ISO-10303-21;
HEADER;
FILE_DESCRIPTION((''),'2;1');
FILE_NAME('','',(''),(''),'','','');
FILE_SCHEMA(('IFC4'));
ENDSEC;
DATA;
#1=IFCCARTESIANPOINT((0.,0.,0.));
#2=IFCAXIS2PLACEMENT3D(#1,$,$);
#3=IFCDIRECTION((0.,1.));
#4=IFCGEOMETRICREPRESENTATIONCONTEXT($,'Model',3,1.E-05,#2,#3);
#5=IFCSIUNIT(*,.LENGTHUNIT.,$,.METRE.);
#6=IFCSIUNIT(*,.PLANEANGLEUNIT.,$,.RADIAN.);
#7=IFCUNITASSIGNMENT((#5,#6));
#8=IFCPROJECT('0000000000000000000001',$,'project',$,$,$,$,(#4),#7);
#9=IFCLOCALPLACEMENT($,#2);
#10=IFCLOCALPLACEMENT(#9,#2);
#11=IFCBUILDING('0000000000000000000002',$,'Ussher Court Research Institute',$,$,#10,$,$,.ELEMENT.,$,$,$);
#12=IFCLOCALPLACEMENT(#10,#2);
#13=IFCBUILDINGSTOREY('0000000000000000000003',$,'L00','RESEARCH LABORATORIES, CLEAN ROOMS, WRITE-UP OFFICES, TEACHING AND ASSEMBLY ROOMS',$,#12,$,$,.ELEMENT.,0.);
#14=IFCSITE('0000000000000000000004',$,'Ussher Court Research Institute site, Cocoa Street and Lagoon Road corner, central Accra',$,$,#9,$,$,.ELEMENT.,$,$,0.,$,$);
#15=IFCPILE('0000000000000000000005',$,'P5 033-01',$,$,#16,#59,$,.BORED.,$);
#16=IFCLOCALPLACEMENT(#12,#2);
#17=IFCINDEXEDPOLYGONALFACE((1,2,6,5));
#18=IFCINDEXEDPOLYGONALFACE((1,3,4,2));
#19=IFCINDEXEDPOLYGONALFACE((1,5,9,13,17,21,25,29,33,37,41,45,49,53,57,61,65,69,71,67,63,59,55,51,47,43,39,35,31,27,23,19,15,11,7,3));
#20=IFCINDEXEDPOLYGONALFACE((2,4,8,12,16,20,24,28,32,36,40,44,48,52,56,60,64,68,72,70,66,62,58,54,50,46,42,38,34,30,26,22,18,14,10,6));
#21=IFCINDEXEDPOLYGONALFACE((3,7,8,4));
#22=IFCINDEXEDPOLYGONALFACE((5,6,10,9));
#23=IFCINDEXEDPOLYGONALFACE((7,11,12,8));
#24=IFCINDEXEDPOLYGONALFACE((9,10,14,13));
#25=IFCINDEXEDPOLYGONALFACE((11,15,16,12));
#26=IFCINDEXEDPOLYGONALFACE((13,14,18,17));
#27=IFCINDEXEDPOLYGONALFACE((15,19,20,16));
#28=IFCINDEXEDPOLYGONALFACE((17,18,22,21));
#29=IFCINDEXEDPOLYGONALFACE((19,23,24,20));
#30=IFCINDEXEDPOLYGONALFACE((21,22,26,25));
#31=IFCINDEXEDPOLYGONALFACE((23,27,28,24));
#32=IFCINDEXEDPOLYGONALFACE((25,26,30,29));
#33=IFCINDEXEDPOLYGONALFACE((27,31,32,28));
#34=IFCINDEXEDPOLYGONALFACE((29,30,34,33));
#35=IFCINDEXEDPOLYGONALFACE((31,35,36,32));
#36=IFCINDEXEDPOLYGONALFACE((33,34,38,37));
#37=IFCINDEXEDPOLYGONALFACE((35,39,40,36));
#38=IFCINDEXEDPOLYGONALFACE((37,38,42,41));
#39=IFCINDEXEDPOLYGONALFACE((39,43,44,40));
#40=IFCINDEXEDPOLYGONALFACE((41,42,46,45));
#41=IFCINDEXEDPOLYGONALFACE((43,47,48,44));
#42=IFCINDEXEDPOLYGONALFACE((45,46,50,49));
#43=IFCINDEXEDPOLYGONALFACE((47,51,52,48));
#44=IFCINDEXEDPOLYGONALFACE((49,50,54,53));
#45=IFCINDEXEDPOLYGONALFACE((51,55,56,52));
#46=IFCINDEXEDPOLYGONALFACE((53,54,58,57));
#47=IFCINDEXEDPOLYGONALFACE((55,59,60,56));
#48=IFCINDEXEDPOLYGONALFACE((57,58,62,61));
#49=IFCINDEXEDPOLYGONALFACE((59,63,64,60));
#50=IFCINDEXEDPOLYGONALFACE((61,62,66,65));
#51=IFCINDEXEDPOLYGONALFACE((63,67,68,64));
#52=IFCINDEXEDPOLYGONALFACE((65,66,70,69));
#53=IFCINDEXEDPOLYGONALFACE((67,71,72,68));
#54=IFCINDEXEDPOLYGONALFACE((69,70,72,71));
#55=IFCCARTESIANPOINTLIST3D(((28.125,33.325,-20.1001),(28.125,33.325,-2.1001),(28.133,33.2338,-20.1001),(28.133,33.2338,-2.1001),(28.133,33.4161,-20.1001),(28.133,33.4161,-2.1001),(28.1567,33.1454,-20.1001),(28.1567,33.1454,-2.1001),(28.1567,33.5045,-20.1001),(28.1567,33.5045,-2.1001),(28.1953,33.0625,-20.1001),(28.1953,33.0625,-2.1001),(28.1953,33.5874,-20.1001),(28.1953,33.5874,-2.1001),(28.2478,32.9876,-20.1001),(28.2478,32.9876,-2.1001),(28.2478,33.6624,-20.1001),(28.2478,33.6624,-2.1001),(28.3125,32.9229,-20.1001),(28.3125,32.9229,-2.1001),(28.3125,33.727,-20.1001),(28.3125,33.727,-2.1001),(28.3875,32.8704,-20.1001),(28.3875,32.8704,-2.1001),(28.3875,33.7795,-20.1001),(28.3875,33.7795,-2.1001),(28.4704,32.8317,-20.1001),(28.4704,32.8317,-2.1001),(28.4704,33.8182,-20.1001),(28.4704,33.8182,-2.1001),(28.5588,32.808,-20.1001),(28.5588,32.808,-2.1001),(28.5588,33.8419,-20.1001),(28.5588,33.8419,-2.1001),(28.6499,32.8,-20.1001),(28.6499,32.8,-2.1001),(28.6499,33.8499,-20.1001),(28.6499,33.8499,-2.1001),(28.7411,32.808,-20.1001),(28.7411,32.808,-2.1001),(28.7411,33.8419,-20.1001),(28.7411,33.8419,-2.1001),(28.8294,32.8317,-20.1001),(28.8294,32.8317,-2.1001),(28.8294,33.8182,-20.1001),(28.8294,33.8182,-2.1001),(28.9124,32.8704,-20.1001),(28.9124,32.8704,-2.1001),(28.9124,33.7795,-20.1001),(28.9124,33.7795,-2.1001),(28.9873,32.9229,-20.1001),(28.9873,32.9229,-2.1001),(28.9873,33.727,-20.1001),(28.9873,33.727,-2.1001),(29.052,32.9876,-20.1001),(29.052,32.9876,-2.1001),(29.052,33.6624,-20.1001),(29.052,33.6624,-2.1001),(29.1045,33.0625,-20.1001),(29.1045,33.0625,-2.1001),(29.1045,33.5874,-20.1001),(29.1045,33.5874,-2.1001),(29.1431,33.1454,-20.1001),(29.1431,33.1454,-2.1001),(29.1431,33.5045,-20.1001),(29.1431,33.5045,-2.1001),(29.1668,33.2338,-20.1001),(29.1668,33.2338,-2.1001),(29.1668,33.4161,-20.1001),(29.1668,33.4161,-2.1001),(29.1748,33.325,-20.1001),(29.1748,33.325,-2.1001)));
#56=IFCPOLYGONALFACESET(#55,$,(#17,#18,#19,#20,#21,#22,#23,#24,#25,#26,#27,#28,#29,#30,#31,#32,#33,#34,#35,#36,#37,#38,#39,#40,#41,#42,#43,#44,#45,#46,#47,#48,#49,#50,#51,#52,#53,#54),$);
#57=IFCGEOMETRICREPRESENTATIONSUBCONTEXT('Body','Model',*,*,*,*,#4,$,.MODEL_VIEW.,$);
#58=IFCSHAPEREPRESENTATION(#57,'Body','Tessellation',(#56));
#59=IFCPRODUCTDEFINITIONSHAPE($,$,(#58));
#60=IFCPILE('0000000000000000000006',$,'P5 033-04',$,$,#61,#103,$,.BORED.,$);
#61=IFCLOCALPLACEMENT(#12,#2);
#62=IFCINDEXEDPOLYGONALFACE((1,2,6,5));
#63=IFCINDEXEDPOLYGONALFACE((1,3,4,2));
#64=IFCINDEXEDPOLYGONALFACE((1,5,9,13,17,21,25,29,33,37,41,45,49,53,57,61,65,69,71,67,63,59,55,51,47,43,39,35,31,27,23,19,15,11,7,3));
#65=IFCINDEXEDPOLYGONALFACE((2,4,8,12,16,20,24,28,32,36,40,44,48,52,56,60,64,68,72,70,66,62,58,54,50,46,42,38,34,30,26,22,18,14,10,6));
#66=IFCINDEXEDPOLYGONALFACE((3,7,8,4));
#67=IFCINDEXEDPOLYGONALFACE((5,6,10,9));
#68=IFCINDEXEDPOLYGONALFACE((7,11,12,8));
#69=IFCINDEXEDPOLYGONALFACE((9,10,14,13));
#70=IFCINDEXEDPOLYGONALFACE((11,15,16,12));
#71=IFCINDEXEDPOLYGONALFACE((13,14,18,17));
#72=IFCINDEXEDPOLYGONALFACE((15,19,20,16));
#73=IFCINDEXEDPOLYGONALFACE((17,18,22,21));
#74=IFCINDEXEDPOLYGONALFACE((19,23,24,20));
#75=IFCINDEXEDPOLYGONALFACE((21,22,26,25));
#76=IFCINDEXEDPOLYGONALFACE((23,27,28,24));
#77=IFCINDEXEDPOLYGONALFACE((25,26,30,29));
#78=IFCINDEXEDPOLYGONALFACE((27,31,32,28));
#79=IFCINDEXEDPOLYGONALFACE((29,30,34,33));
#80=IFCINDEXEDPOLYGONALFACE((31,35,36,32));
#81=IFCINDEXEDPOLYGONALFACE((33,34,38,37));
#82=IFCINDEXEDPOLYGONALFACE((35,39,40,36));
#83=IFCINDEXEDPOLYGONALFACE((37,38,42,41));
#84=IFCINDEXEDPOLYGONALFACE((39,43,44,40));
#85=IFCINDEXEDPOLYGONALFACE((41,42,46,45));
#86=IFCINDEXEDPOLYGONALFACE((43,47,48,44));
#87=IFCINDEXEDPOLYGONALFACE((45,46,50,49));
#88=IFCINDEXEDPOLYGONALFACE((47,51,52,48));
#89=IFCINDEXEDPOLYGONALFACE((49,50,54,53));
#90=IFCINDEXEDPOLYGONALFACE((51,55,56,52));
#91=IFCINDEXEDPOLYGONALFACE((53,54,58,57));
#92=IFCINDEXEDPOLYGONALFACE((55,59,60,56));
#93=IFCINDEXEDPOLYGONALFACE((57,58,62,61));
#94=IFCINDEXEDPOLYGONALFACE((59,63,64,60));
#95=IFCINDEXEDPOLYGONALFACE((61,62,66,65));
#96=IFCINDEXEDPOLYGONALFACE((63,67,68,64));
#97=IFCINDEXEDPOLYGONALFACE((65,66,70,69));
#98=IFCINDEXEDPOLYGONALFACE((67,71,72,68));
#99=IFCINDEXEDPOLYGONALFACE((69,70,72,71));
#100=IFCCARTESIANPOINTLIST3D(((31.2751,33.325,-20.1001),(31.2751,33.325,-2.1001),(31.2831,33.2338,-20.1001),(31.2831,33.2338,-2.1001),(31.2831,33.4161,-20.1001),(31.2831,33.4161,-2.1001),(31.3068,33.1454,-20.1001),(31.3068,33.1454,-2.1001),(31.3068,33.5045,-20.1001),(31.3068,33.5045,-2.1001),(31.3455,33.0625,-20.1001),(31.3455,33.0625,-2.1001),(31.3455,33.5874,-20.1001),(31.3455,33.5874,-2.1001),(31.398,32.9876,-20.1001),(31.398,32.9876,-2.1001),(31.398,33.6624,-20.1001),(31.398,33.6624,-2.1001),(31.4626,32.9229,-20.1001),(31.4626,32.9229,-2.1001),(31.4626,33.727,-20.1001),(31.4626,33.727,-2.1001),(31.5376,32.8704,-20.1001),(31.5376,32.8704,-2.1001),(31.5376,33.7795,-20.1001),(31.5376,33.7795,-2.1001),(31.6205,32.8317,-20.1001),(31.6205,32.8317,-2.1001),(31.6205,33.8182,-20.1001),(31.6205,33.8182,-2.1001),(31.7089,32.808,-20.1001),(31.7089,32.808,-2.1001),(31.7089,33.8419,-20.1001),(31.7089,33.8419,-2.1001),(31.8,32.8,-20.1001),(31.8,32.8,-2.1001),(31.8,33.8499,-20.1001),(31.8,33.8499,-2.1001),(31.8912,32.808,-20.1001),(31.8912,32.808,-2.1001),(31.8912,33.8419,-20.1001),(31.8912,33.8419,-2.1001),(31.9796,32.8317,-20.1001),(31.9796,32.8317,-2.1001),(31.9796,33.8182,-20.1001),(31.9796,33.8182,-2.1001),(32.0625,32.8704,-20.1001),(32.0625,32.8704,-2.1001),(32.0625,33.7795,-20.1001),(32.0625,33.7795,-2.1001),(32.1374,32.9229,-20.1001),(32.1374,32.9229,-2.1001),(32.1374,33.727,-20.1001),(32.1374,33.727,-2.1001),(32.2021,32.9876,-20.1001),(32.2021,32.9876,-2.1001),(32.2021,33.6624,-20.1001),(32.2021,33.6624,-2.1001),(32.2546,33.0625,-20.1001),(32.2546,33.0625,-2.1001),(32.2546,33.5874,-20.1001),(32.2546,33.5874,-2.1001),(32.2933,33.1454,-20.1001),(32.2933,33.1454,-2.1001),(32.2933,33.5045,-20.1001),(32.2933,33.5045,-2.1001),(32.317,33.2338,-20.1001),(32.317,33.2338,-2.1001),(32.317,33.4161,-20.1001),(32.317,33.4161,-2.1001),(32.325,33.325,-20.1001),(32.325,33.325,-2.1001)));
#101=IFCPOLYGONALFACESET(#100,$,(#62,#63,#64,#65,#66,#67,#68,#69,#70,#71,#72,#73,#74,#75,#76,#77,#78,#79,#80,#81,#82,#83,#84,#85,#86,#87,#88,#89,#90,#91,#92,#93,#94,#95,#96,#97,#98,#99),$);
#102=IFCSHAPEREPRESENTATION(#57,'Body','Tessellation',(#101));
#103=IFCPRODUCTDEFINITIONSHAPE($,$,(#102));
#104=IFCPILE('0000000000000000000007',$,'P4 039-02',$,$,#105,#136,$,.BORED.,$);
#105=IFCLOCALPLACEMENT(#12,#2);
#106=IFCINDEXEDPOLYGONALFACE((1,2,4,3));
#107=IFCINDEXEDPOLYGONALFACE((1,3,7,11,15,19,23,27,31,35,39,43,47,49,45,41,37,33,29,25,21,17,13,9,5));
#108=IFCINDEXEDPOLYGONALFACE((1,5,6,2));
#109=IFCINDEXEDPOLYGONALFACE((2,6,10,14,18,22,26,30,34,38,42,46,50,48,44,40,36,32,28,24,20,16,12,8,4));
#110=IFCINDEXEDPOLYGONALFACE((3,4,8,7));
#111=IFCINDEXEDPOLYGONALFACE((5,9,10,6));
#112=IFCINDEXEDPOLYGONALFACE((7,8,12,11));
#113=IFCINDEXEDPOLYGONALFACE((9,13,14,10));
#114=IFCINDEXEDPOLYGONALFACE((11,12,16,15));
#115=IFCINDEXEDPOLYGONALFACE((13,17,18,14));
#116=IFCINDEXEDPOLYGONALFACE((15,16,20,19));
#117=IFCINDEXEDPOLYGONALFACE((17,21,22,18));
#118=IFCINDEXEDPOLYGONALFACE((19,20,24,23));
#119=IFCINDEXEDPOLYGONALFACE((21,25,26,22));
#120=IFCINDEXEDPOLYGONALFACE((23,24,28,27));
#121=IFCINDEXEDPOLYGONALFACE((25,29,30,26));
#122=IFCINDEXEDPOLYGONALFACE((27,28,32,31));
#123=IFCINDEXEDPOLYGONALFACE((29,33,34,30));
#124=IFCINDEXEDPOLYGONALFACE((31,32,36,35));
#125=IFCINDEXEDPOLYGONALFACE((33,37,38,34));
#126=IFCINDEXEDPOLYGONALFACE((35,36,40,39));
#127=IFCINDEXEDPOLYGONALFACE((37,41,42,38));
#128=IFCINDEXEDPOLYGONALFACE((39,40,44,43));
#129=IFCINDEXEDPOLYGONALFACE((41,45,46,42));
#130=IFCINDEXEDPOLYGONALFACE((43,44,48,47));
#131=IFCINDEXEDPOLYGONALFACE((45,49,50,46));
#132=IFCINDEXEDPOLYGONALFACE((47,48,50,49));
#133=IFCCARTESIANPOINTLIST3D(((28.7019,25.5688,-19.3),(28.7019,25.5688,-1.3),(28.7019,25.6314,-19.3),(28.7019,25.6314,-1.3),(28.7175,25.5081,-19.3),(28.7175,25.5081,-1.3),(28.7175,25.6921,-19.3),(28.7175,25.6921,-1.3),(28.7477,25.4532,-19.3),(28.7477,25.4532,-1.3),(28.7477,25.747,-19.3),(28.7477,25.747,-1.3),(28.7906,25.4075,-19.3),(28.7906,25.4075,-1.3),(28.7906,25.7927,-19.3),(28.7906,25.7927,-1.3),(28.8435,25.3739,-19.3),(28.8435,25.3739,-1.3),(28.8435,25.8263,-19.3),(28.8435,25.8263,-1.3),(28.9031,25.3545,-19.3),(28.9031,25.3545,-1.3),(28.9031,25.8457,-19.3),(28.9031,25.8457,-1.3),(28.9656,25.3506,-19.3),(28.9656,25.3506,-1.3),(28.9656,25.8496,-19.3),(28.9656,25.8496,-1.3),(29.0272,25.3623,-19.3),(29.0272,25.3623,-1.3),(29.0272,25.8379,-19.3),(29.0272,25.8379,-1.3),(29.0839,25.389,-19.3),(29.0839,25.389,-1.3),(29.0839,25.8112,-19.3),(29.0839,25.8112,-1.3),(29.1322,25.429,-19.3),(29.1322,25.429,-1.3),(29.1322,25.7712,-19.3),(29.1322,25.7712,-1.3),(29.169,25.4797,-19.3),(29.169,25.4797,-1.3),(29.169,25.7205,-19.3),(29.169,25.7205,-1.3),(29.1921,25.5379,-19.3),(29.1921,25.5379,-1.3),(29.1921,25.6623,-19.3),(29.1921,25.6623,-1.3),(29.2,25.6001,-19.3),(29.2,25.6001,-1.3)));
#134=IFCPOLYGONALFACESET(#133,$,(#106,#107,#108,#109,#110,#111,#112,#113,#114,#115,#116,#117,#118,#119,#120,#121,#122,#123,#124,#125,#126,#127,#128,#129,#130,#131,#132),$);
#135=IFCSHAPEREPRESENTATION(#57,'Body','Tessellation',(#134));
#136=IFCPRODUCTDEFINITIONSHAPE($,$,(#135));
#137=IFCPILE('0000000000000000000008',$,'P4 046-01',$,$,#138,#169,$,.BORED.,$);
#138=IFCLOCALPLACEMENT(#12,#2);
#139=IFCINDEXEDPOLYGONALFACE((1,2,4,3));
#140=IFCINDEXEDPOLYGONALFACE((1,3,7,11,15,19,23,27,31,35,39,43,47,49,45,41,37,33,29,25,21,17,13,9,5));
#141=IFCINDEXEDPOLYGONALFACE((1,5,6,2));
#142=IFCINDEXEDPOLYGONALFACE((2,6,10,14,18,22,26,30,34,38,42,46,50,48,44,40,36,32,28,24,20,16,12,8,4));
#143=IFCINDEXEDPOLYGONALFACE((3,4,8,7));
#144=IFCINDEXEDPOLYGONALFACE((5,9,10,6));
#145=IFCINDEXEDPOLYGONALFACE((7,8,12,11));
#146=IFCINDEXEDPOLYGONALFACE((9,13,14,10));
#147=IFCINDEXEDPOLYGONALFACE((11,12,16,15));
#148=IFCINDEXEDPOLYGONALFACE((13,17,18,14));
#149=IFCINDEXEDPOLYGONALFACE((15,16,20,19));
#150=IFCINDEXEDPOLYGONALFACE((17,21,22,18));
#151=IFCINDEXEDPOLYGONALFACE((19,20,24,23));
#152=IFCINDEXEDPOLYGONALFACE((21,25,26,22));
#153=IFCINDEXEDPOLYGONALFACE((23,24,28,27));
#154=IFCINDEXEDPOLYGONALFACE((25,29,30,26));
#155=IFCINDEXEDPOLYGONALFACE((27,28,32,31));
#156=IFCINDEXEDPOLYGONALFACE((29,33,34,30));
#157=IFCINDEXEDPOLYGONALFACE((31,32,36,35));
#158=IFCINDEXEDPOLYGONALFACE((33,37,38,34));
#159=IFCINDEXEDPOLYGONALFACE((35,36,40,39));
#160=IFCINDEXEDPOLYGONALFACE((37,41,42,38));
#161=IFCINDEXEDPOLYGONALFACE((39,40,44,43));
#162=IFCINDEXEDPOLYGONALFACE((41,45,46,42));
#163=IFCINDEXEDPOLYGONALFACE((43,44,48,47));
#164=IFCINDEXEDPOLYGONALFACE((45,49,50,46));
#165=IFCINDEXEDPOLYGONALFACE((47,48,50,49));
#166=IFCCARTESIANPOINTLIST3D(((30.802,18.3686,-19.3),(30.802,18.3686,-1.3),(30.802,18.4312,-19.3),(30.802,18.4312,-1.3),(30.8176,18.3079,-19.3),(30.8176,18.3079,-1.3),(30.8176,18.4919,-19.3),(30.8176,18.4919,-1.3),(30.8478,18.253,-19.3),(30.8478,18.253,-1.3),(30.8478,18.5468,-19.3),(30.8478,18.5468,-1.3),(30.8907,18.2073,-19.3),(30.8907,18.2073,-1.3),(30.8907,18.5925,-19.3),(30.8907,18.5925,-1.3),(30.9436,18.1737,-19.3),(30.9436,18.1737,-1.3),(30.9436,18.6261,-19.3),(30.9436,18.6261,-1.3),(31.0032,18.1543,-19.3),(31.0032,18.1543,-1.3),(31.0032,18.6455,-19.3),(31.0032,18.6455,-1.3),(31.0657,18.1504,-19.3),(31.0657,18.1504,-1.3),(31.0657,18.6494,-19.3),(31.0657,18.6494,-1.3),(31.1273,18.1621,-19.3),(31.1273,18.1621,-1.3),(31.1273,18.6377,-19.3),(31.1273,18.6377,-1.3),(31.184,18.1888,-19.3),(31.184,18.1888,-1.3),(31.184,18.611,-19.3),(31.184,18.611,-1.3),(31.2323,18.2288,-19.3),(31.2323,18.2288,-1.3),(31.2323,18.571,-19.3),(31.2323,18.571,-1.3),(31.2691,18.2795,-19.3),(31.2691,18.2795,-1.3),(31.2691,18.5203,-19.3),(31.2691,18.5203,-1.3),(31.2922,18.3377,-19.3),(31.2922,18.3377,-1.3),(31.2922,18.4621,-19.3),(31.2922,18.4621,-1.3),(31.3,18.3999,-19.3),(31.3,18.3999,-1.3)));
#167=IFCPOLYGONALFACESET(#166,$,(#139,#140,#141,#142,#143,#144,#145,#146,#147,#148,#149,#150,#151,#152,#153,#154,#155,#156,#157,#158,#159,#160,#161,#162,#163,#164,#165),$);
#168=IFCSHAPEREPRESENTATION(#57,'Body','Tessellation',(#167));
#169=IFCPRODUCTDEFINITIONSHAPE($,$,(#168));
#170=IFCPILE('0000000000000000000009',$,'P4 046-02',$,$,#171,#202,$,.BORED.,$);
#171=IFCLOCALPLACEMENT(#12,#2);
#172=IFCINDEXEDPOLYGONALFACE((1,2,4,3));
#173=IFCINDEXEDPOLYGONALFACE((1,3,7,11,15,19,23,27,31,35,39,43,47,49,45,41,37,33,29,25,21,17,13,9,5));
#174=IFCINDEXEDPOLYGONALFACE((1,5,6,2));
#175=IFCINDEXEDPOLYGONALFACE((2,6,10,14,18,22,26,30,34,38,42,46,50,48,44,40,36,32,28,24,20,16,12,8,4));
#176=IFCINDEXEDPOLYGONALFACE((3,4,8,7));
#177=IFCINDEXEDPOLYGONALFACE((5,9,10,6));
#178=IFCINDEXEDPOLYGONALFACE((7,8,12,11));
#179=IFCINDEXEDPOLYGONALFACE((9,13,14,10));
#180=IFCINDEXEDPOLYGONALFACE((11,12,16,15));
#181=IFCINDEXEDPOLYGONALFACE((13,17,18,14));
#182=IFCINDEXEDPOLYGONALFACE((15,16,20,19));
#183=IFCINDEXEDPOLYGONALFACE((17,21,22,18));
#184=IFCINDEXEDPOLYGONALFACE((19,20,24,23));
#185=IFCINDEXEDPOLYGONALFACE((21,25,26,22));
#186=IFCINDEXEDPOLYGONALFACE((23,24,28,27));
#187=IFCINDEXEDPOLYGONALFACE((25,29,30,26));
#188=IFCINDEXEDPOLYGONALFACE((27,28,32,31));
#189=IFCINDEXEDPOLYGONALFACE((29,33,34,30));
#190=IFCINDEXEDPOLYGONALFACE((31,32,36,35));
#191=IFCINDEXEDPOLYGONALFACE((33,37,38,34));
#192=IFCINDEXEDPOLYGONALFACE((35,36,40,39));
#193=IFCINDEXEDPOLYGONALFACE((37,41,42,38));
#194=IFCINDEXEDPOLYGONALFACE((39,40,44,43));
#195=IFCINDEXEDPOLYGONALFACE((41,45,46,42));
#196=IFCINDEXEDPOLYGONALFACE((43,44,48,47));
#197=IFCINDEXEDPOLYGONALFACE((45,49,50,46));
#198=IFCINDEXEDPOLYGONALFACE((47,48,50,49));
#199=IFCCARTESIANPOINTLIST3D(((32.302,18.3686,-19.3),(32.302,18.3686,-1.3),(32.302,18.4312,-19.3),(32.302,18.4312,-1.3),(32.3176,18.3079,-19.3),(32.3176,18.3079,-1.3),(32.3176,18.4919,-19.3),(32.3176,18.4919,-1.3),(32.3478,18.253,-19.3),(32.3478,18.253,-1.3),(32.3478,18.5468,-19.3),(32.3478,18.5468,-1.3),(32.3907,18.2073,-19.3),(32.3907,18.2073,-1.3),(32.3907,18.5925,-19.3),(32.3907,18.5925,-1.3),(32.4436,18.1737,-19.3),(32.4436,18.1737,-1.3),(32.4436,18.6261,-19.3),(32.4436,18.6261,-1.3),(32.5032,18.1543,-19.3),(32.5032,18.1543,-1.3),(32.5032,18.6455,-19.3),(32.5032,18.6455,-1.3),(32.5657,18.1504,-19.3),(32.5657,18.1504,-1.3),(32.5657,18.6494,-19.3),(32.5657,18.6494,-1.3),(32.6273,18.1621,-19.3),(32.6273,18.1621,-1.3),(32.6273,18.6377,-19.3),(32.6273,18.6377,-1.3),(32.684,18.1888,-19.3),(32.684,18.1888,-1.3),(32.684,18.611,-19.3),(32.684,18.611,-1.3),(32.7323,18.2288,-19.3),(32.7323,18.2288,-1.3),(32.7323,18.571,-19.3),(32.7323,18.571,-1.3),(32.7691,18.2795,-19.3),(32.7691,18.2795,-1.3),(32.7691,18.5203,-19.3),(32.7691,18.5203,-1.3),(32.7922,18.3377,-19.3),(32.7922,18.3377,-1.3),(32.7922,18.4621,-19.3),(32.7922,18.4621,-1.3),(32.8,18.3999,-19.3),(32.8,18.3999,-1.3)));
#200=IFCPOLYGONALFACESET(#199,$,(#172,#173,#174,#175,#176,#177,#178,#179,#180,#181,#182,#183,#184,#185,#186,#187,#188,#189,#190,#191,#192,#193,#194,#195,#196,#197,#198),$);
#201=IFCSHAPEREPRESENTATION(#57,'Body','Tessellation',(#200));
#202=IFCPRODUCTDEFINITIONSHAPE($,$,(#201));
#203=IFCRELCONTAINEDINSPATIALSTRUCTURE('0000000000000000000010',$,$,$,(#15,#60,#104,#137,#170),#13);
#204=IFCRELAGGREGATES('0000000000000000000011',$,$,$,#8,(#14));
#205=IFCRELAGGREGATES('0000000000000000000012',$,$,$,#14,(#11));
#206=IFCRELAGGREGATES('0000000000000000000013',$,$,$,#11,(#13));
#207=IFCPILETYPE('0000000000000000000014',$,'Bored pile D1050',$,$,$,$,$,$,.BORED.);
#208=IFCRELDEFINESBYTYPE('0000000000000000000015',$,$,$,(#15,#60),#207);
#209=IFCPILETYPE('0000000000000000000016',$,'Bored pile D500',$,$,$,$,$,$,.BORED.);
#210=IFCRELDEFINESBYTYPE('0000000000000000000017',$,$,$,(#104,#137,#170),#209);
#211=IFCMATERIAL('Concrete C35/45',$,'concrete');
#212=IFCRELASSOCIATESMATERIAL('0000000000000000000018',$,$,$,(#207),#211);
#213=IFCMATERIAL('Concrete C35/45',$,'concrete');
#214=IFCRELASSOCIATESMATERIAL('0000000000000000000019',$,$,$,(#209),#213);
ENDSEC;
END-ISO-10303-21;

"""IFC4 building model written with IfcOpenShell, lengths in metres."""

from ifc_helpers import new_model, si_unit, direction, frame, origin, origin_2d, place, context, subcontext, project, spatial, circle, extrude, material, material_profile, profile_set, type_object, element, save


model = new_model("IFC4")

# Units and contexts
model_context = context("Model", 3, precision=1e-05, world=origin(), true_north=direction((0.0, 1.0)))
body_context = subcontext(model_context, "Body", "Model", "MODEL_VIEW")
ifc_project = project(units=[si_unit("LENGTHUNIT", "METRE"), si_unit("PLANEANGLEUNIT", "RADIAN")], contexts=[model_context])

# Site, building, storey
site_placement = place(None, origin())
site = spatial("IfcSite", under=ifc_project, at=site_placement, Name="Ussher Court Research Institute site, Cocoa Street and Lagoon Road corner, central Accra", CompositionType="ELEMENT", RefElevation=0.0)
building_placement = place(site_placement, origin())
building = spatial("IfcBuilding", under=site, at=building_placement, Name="Ussher Court Research Institute", CompositionType="ELEMENT")
storey_placement = place(building_placement, origin())
storey = spatial("IfcBuildingStorey", under=building, at=storey_placement, Name="L00", Description="RESEARCH LABORATORIES, CLEAN ROOMS, WRITE-UP OFFICES, TEACHING AND ASSEMBLY ROOMS", CompositionType="ELEMENT", Elevation=0.0)

# Piles
ifc_material_1 = material(Name="Concrete C35/45", Category="concrete")
ifc_material_profile_1 = material_profile(ifc_material_1, circle(Radius=0.5249, at=origin_2d()), Name="RC D1050")
ifc_profile_set_1 = profile_set([ifc_material_profile_1], Name="Concrete C35/45")
pile_type_1 = type_object("IfcPileType", Name="Bored pile D1050", PredefinedType="BORED", material=ifc_profile_set_1)
for number, where, z_axis, x_axis, name in (
    (1, (28.6499, 33.325, -2.1001), (0.0, 0.0, -1.0), (1.0, 0.0, 0.0), "P5 033-01"),
    (2, (31.8, 33.325, -2.1001), (0.0, 0.0, -1.0), (1.0, 0.0, 0.0), "P5 033-04"),
):
    element("IfcPile", number, at=place(storey_placement, frame(where, z_axis=z_axis, x_axis=x_axis)), inside=storey, type_object=pile_type_1, Name=name, PredefinedType="BORED", context=body_context, shape_type="SweptSolid", body=[
        extrude(circle(Radius=0.5249, at=origin_2d()), origin(), (0.0, 0.0, 1.0), 18.0),
    ])
ifc_material_2 = material(Name="Concrete C35/45", Category="concrete")
ifc_material_profile_2 = material_profile(ifc_material_2, circle(Radius=0.25, at=origin_2d()), Name="RC D500")
ifc_profile_set_2 = profile_set([ifc_material_profile_2], Name="Concrete C35/45")
pile_type_2 = type_object("IfcPileType", Name="Bored pile D500", PredefinedType="BORED", material=ifc_profile_set_2)
for number, where, z_axis, x_axis, name in (
    (3, (28.95, 25.6001, -1.3), (0.0, 0.0, -1.0), (1.0, 0.0, 0.0), "P4 039-02"),
    (4, (31.05, 18.3999, -1.3), (0.0, 0.0, -1.0), (1.0, 0.0, 0.0), "P4 046-01"),
    (5, (32.55, 18.3999, -1.3), (0.0, 0.0, -1.0), (1.0, 0.0, 0.0), "P4 046-02"),
):
    element("IfcPile", number, at=place(storey_placement, frame(where, z_axis=z_axis, x_axis=x_axis)), inside=storey, type_object=pile_type_2, Name=name, PredefinedType="BORED", context=body_context, shape_type="SweptSolid", body=[
        extrude(circle(Radius=0.25, at=origin_2d()), origin(), (0.0, 0.0, 1.0), 18.0),
    ])

save(model, "model.ifc")
